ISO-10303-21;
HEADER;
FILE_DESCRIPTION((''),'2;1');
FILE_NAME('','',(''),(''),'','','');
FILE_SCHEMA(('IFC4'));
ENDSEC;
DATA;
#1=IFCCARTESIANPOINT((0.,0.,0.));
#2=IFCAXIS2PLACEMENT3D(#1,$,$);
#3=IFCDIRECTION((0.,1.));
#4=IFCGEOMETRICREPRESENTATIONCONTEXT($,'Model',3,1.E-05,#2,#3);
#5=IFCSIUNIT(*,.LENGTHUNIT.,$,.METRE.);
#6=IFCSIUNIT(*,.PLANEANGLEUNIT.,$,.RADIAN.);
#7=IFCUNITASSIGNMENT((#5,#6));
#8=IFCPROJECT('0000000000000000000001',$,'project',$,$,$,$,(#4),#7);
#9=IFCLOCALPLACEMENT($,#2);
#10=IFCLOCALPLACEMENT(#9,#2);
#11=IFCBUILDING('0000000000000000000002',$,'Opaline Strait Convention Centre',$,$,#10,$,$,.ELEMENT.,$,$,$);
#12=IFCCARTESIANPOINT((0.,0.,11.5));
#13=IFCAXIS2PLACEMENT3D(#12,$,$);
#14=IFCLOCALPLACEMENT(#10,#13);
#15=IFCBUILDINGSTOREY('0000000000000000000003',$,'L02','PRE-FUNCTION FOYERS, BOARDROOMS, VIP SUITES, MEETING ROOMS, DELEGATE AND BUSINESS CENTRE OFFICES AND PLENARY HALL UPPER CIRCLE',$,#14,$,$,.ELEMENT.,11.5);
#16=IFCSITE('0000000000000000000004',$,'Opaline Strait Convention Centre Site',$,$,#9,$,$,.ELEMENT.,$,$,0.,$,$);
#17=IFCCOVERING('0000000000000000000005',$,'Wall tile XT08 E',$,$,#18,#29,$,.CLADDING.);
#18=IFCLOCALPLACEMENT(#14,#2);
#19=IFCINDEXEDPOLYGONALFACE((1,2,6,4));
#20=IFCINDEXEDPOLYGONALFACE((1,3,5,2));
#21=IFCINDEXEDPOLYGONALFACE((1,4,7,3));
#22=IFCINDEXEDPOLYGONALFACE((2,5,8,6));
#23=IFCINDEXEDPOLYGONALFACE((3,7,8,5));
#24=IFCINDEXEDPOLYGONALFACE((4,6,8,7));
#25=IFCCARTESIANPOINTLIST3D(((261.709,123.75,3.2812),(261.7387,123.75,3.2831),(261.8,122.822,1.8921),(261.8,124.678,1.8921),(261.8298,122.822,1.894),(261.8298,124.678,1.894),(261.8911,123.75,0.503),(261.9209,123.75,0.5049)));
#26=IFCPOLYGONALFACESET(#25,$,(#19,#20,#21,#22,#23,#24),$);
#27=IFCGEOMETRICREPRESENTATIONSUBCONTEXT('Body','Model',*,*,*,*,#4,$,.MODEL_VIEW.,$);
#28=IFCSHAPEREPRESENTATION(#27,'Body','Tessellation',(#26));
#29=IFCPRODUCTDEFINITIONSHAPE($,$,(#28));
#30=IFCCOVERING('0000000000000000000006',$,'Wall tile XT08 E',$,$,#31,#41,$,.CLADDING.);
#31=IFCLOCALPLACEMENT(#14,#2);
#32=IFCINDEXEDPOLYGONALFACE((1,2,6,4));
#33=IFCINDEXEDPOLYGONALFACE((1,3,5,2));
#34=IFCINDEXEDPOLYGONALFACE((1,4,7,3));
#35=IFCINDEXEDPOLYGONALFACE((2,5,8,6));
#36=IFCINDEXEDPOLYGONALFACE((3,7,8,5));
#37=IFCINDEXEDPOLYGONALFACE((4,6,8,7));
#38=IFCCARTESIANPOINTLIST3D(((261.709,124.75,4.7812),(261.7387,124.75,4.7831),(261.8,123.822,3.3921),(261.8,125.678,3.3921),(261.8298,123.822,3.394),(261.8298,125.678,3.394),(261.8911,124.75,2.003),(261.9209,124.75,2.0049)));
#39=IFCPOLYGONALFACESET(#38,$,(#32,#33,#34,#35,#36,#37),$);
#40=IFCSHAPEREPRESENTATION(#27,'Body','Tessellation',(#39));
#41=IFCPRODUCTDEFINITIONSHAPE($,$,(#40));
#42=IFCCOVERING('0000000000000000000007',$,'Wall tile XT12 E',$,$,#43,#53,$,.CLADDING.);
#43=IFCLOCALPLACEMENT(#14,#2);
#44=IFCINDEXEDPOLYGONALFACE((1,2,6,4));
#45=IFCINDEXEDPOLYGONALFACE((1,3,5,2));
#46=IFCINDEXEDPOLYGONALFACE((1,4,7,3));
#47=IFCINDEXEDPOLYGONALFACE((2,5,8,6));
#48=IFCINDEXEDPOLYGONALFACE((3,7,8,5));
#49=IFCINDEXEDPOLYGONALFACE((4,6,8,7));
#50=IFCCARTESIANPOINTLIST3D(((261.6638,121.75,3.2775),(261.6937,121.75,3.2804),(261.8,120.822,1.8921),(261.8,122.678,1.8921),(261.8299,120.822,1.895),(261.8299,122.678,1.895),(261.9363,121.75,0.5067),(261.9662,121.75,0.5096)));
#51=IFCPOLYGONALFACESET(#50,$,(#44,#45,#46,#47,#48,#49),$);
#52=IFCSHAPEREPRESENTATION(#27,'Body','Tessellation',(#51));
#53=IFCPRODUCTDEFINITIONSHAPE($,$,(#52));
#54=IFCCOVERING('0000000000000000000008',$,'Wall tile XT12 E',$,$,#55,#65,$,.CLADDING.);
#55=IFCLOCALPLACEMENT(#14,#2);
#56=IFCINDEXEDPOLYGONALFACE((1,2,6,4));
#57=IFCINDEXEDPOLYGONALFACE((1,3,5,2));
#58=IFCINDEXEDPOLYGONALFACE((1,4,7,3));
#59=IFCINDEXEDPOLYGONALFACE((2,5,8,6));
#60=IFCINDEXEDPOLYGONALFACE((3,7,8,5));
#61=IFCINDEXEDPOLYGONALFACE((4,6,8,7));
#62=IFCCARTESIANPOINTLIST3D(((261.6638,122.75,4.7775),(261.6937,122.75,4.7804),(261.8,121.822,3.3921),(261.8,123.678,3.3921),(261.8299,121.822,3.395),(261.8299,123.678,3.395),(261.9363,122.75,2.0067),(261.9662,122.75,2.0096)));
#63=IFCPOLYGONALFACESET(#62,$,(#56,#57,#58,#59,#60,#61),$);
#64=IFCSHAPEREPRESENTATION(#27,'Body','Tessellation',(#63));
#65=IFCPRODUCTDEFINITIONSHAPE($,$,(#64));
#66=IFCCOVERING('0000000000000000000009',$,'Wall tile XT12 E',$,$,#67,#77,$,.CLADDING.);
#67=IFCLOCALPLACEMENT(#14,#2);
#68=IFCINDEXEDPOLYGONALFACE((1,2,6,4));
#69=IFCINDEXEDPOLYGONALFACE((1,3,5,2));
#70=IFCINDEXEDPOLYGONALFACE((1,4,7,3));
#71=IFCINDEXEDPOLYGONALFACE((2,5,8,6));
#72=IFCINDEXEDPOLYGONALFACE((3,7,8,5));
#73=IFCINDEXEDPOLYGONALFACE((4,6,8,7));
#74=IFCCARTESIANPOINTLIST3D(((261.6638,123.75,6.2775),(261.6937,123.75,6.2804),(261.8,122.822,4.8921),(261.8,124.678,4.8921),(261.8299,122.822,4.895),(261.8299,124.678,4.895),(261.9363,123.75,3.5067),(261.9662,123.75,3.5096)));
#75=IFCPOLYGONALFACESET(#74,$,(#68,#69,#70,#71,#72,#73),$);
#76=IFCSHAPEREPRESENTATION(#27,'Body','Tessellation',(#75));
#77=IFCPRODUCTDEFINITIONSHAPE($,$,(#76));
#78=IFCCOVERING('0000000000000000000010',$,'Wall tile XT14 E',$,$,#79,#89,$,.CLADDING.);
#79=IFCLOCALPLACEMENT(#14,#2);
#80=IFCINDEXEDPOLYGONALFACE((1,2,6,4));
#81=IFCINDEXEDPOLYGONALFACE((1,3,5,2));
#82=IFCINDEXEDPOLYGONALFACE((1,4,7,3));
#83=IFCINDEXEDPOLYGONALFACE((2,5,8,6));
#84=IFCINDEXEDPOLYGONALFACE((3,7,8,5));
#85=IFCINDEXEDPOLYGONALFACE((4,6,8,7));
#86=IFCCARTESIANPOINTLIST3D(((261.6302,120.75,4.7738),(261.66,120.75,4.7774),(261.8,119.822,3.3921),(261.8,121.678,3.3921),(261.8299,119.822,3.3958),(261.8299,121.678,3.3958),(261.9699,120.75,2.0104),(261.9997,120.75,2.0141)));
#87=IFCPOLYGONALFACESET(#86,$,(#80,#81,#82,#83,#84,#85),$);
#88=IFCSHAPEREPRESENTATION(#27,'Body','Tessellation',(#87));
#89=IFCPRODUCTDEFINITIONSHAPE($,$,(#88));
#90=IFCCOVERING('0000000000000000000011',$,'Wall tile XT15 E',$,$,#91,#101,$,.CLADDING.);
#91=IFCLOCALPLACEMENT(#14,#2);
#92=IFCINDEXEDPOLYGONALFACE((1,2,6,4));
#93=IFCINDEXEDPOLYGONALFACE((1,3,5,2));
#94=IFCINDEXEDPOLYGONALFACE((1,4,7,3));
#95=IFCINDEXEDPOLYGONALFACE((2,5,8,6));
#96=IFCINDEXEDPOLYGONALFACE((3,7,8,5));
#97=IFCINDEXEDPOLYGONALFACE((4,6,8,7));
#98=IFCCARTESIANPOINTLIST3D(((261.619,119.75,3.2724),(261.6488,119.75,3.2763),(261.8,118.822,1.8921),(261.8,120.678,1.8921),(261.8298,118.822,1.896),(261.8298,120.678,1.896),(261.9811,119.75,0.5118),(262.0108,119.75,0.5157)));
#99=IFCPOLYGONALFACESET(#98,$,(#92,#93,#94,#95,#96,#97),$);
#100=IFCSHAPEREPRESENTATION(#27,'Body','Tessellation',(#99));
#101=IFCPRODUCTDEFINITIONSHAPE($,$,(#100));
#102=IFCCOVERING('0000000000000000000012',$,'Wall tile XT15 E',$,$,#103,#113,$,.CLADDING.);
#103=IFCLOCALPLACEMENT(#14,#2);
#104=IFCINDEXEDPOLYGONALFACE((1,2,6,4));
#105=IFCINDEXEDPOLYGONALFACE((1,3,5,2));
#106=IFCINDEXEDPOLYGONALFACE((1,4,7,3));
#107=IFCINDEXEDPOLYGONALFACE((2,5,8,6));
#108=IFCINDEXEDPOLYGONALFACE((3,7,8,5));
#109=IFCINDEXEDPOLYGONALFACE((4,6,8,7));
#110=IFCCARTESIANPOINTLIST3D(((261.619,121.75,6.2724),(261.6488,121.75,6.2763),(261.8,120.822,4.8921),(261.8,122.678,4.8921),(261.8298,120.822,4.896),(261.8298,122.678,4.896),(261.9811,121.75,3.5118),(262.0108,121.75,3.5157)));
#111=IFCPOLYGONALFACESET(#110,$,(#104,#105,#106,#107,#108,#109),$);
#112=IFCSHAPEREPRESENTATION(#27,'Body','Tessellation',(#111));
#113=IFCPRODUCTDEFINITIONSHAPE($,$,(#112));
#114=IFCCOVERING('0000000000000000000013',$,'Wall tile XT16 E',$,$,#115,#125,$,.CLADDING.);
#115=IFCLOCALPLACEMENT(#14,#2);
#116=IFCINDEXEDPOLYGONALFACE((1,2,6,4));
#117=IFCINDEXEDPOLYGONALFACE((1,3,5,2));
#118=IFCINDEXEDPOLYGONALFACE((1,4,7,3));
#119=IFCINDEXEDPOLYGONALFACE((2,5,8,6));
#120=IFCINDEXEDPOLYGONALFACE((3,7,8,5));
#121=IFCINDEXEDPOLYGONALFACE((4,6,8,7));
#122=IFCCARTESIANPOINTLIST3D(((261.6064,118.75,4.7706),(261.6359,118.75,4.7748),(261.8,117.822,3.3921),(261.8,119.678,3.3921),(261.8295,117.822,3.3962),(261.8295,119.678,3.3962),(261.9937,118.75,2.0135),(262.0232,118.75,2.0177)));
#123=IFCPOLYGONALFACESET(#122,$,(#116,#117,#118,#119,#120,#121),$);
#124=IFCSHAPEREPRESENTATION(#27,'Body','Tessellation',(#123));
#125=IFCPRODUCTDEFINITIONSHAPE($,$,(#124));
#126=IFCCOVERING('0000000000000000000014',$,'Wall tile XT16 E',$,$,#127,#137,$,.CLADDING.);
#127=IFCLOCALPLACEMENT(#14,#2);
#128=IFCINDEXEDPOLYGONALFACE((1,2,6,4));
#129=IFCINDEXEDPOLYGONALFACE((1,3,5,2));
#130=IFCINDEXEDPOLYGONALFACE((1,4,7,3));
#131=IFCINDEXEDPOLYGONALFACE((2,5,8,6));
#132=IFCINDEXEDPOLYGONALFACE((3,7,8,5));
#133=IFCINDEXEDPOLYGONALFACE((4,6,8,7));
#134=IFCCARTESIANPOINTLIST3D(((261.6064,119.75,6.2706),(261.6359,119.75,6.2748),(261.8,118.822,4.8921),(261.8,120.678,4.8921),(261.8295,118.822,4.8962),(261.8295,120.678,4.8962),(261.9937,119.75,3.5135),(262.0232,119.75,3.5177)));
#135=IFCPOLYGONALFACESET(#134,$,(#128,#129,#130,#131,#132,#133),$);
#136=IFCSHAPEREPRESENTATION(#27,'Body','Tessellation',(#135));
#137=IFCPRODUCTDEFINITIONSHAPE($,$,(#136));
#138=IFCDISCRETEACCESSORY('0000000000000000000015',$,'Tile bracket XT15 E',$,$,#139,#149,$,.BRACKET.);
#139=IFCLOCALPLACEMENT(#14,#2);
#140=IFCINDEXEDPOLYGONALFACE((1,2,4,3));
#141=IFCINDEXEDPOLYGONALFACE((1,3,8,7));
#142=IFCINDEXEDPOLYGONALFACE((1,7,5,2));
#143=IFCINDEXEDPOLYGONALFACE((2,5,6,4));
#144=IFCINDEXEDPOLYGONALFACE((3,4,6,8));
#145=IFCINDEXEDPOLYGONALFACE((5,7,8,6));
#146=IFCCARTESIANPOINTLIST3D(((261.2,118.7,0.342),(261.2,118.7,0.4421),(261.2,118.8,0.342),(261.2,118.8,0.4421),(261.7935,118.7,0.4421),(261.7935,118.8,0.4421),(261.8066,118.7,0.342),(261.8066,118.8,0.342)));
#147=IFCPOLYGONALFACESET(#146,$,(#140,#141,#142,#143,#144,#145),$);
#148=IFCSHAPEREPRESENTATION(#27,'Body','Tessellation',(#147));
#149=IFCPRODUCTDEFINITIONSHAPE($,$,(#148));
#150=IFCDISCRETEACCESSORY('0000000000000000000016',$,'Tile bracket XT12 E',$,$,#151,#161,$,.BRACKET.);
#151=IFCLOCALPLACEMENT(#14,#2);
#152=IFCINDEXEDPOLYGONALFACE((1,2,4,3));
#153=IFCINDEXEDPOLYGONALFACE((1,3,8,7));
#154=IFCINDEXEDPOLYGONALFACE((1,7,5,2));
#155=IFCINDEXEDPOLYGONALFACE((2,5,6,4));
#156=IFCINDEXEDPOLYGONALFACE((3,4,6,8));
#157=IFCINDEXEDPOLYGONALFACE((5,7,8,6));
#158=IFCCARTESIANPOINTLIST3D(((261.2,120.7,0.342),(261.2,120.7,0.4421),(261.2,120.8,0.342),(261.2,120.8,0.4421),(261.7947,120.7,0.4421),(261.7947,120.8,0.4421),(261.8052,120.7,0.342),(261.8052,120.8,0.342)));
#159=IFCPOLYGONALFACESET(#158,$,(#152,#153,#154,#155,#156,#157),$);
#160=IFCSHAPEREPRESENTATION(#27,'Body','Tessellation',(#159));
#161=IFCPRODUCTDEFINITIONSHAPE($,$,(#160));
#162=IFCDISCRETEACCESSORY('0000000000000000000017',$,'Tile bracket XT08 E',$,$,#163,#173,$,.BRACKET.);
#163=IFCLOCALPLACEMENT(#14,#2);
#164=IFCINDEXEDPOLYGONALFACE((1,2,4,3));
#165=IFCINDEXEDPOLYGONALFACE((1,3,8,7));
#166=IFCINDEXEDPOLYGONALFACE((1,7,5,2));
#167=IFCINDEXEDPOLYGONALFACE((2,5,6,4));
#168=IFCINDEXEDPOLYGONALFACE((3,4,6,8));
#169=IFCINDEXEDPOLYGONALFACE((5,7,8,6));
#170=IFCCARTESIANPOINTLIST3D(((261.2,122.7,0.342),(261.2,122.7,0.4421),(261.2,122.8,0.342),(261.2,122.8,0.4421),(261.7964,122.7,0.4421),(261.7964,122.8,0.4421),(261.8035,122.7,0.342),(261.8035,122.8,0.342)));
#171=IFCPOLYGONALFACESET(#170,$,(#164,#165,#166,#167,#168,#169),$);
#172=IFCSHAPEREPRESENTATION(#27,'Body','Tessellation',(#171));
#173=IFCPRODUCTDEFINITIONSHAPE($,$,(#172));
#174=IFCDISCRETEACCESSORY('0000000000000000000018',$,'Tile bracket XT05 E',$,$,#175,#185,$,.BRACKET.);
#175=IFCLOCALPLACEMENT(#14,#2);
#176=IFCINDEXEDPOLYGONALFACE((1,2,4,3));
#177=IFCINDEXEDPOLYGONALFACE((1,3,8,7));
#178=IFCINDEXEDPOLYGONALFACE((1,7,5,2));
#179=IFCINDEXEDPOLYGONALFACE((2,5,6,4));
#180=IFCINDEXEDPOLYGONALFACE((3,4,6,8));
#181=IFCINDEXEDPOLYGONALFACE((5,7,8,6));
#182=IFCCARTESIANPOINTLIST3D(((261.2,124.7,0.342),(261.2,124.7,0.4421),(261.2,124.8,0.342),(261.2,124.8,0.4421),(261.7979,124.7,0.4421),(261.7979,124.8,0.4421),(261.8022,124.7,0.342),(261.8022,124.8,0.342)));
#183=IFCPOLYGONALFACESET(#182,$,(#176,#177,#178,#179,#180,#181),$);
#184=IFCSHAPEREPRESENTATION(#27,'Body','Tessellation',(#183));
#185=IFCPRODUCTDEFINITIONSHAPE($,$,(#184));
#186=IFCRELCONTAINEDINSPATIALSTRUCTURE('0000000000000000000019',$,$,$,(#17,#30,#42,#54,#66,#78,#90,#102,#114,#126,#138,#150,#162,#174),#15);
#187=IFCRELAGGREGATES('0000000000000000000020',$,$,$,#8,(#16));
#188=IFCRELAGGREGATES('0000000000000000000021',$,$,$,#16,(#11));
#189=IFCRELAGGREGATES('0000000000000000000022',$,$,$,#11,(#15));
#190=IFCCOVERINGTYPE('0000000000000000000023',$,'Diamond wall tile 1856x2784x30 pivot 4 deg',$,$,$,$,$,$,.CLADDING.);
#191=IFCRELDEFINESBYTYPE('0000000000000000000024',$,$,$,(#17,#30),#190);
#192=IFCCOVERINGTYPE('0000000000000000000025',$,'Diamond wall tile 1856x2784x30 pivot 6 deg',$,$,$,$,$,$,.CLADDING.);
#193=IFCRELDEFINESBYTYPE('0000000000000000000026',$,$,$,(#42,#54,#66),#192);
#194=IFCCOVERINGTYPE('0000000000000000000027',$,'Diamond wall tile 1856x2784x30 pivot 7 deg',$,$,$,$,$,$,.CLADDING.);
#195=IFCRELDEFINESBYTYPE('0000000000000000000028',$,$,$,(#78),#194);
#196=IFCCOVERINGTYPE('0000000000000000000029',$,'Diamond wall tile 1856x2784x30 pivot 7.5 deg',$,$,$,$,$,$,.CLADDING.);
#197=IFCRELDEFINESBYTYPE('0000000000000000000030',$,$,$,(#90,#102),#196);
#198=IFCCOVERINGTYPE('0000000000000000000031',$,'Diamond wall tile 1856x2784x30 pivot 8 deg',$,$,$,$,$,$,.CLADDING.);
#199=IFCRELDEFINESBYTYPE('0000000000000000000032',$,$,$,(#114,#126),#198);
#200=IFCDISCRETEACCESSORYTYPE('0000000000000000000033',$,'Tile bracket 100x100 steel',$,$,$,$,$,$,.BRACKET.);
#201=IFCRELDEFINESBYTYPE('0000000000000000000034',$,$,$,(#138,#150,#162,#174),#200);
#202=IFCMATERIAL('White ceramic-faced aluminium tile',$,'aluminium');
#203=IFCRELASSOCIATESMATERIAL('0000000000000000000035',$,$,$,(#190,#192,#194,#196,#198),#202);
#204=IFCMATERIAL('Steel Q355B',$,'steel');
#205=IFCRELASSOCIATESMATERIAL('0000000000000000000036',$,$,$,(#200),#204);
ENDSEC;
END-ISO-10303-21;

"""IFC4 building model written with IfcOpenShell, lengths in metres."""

from ifc_helpers import new_model, si_unit, direction, frame, origin, place, context, subcontext, project, spatial, polyline, outline, extrude, material, material_profile, profile_set, type_object, element, save


model = new_model("IFC4")

# Units and contexts
model_context = context("Model", 3, precision=1e-05, world=origin(), true_north=direction((0.0, 1.0)))
body_context = subcontext(model_context, "Body", "Model", "MODEL_VIEW")
ifc_project = project(units=[si_unit("LENGTHUNIT", "METRE"), si_unit("PLANEANGLEUNIT", "RADIAN")], contexts=[model_context])

# Site, building, storey
site_placement = place(None, origin())
site = spatial("IfcSite", under=ifc_project, at=site_placement, Name="Opaline Strait Convention Centre Site", CompositionType="ELEMENT", RefElevation=0.0)
building_placement = place(site_placement, origin())
building = spatial("IfcBuilding", under=site, at=building_placement, Name="Opaline Strait Convention Centre", CompositionType="ELEMENT")
storey_placement = place(building_placement, frame((0.0, 0.0, 11.5)))
storey = spatial("IfcBuildingStorey", under=building, at=storey_placement, Name="L02", Description="PRE-FUNCTION FOYERS, BOARDROOMS, VIP SUITES, MEETING ROOMS, DELEGATE AND BUSINESS CENTRE OFFICES AND PLENARY HALL UPPER CIRCLE", CompositionType="ELEMENT", Elevation=11.5)

# Coverings
ifc_material_1 = material(Name="White ceramic-faced aluminium tile", Category="aluminium")
ifc_material_profile_1 = material_profile(ifc_material_1, outline(polyline([(0.928, 0.0), (0.0, 1.3921), (-0.928, 0.0), (0.0, -1.3921), (0.928, 0.0)])), Name="Diamond tile 1856x2784")
ifc_profile_set_1 = profile_set([ifc_material_profile_1], Name="White ceramic-faced aluminium tile")
covering_type_1 = type_object("IfcCoveringType", Name="Diamond wall tile 1856x2784x30 pivot 4 deg", PredefinedType="CLADDING", material=ifc_profile_set_1)
for number, where, z_axis, x_axis, name in (
    (1, (261.8, 123.75, 1.8921), (0.997857, 0.0, 0.065433), (0.0, 1.0, 0.0), "Wall tile XT08 E"),
    (2, (261.8, 124.75, 3.3921), (0.997857, 0.0, 0.065433), (0.0, 1.0, 0.0), "Wall tile XT08 E"),
):
    element("IfcCovering", number, at=place(storey_placement, frame(where, z_axis=z_axis, x_axis=x_axis)), inside=storey, type_object=covering_type_1, Name=name, PredefinedType="CLADDING", context=body_context, shape_type="SweptSolid", body=[
        extrude(outline(polyline([(0.928, 0.0), (0.0, 1.3921), (-0.928, 0.0), (0.0, -1.3921), (0.928, 0.0)])), origin(), (0.0, 0.0, 1.0), 0.0298),
    ])
ifc_material_profile_2 = material_profile(ifc_material_1, outline(polyline([(0.928, 0.0), (0.0, 1.3921), (-0.928, 0.0), (0.0, -1.3921), (0.928, 0.0)])), Name="Diamond tile 1856x2784")
ifc_profile_set_2 = profile_set([ifc_material_profile_2], Name="White ceramic-faced aluminium tile")
covering_type_2 = type_object("IfcCoveringType", Name="Diamond wall tile 1856x2784x30 pivot 6 deg", PredefinedType="CLADDING", material=ifc_profile_set_2)
for number, where, z_axis, x_axis, name in (
    (3, (261.8, 121.75, 1.8921), (0.995197, 0.0, 0.097888), (0.0, 1.0, 0.0), "Wall tile XT12 E"),
    (4, (261.8, 122.75, 3.3921), (0.995197, 0.0, 0.097888), (0.0, 1.0, 0.0), "Wall tile XT12 E"),
    (5, (261.8, 123.75, 4.8921), (0.995197, 0.0, 0.097888), (0.0, 1.0, 0.0), "Wall tile XT12 E"),
):
    element("IfcCovering", number, at=place(storey_placement, frame(where, z_axis=z_axis, x_axis=x_axis)), inside=storey, type_object=covering_type_2, Name=name, PredefinedType="CLADDING", context=body_context, shape_type="SweptSolid", body=[
        extrude(outline(polyline([(0.928, 0.0), (0.0, 1.3921), (-0.928, 0.0), (0.0, -1.3921), (0.928, 0.0)])), origin(), (0.0, 0.0, 1.0), 0.03),
    ])
ifc_material_profile_3 = material_profile(ifc_material_1, outline(polyline([(0.928, 0.0), (0.0, 1.3921), (-0.928, 0.0), (0.0, -1.3921), (0.928, 0.0)])), Name="Diamond tile 1856x2784")
ifc_profile_set_3 = profile_set([ifc_material_profile_3], Name="White ceramic-faced aluminium tile")
covering_type_3 = type_object("IfcCoveringType", Name="Diamond wall tile 1856x2784x30 pivot 7 deg", PredefinedType="CLADDING", material=ifc_profile_set_3)
covering_placement = place(storey_placement, frame((261.8, 120.75, 3.3921), z_axis=(0.992526, 0.0, 0.122032), x_axis=(0.0, 1.0, 0.0)))
element("IfcCovering", 6, at=covering_placement, inside=storey, type_object=covering_type_3, Name="Wall tile XT14 E", PredefinedType="CLADDING", context=body_context, shape_type="SweptSolid", body=[
    extrude(outline(polyline([(0.928, 0.0), (0.0, 1.3921), (-0.928, 0.0), (0.0, -1.3921), (0.928, 0.0)])), origin(), (0.0, 0.0, 1.0), 0.03),
])
ifc_material_profile_4 = material_profile(ifc_material_1, outline(polyline([(0.928, 0.0), (0.0, 1.3921), (-0.928, 0.0), (0.0, -1.3921), (0.928, 0.0)])), Name="Diamond tile 1856x2784")
ifc_profile_set_4 = profile_set([ifc_material_profile_4], Name="White ceramic-faced aluminium tile")
covering_type_4 = type_object("IfcCoveringType", Name="Diamond wall tile 1856x2784x30 pivot 7.5 deg", PredefinedType="CLADDING", material=ifc_profile_set_4)
for number, where, z_axis, x_axis, name in (
    (7, (261.8, 119.75, 1.8921), (0.99151, 0.0, 0.130034), (0.0, 1.0, 0.0), "Wall tile XT15 E"),
    (8, (261.8, 121.75, 4.8921), (0.99151, 0.0, 0.130034), (0.0, 1.0, 0.0), "Wall tile XT15 E"),
):
    element("IfcCovering", number, at=place(storey_placement, frame(where, z_axis=z_axis, x_axis=x_axis)), inside=storey, type_object=covering_type_4, Name=name, PredefinedType="CLADDING", context=body_context, shape_type="SweptSolid", body=[
        extrude(outline(polyline([(0.928, 0.0), (0.0, 1.3921), (-0.928, 0.0), (0.0, -1.3921), (0.928, 0.0)])), origin(), (0.0, 0.0, 1.0), 0.03),
    ])
ifc_material_profile_5 = material_profile(ifc_material_1, outline(polyline([(0.928, 0.0), (0.0, 1.3921), (-0.928, 0.0), (0.0, -1.3921), (0.928, 0.0)])), Name="Diamond tile 1856x2784")
ifc_profile_set_5 = profile_set([ifc_material_profile_5], Name="White ceramic-faced aluminium tile")
covering_type_5 = type_object("IfcCoveringType", Name="Diamond wall tile 1856x2784x30 pivot 8 deg", PredefinedType="CLADDING", material=ifc_profile_set_5)
for number, where, z_axis, x_axis, name in (
    (9, (261.8, 118.75, 3.3921), (0.990274, 0.0, 0.139129), (0.0, 1.0, 0.0), "Wall tile XT16 E"),
    (10, (261.8, 119.75, 4.8921), (0.990274, 0.0, 0.139129), (0.0, 1.0, 0.0), "Wall tile XT16 E"),
):
    element("IfcCovering", number, at=place(storey_placement, frame(where, z_axis=z_axis, x_axis=x_axis)), inside=storey, type_object=covering_type_5, Name=name, PredefinedType="CLADDING", context=body_context, shape_type="SweptSolid", body=[
        extrude(outline(polyline([(0.928, 0.0), (0.0, 1.3921), (-0.928, 0.0), (0.0, -1.3921), (0.928, 0.0)])), origin(), (0.0, 0.0, 1.0), 0.0298),
    ])

# Discrete accessories
ifc_material_2 = material(Name="Steel Q355B", Category="steel")
discrete_accessory_type = type_object("IfcDiscreteAccessoryType", Name="Tile bracket 100x100 steel", PredefinedType="BRACKET", material=ifc_material_2)
discrete_accessory_1_placement = place(storey_placement, frame((261.2, 118.7, 0.3921), z_axis=(0.0, 1.0, 0.0), x_axis=(-1.0, 0.0, 0.0)))
element("IfcDiscreteAccessory", 11, at=discrete_accessory_1_placement, inside=storey, type_object=discrete_accessory_type, Name="Tile bracket XT15 E", PredefinedType="BRACKET", context=body_context, shape_type="SweptSolid", body=[
    extrude(outline(polyline([(0.0, -0.05), (0.0, 0.05), (-0.5935, 0.05), (-0.6067, -0.05), (0.0, -0.05)])), origin(), (0.0, 0.0, 1.0), 0.1001),
])
discrete_accessory_2_placement = place(storey_placement, frame((261.2, 120.7, 0.3921), z_axis=(0.0, 1.0, 0.0), x_axis=(-1.0, 0.0, 0.0)))
element("IfcDiscreteAccessory", 12, at=discrete_accessory_2_placement, inside=storey, type_object=discrete_accessory_type, Name="Tile bracket XT12 E", PredefinedType="BRACKET", context=body_context, shape_type="SweptSolid", body=[
    extrude(outline(polyline([(0.0, -0.05), (0.0, 0.05), (-0.5947, 0.05), (-0.6052, -0.05), (0.0, -0.05)])), origin(), (0.0, 0.0, 1.0), 0.1001),
])
discrete_accessory_3_placement = place(storey_placement, frame((261.2, 122.7, 0.3921), z_axis=(0.0, 1.0, 0.0), x_axis=(-1.0, 0.0, 0.0)))
element("IfcDiscreteAccessory", 13, at=discrete_accessory_3_placement, inside=storey, type_object=discrete_accessory_type, Name="Tile bracket XT08 E", PredefinedType="BRACKET", context=body_context, shape_type="SweptSolid", body=[
    extrude(outline(polyline([(0.0, -0.05), (0.0, 0.05), (-0.5964, 0.05), (-0.6035, -0.05), (0.0, -0.05)])), origin(), (0.0, 0.0, 1.0), 0.1001),
])
discrete_accessory_4_placement = place(storey_placement, frame((261.2, 124.7, 0.3921), z_axis=(0.0, 1.0, 0.0), x_axis=(-1.0, 0.0, 0.0)))
element("IfcDiscreteAccessory", 14, at=discrete_accessory_4_placement, inside=storey, type_object=discrete_accessory_type, Name="Tile bracket XT05 E", PredefinedType="BRACKET", context=body_context, shape_type="SweptSolid", body=[
    extrude(outline(polyline([(0.0, -0.05), (0.0, 0.05), (-0.5979, 0.05), (-0.6023, -0.05), (0.0, -0.05)])), origin(), (0.0, 0.0, 1.0), 0.1001),
])

save(model, "model.ifc")
